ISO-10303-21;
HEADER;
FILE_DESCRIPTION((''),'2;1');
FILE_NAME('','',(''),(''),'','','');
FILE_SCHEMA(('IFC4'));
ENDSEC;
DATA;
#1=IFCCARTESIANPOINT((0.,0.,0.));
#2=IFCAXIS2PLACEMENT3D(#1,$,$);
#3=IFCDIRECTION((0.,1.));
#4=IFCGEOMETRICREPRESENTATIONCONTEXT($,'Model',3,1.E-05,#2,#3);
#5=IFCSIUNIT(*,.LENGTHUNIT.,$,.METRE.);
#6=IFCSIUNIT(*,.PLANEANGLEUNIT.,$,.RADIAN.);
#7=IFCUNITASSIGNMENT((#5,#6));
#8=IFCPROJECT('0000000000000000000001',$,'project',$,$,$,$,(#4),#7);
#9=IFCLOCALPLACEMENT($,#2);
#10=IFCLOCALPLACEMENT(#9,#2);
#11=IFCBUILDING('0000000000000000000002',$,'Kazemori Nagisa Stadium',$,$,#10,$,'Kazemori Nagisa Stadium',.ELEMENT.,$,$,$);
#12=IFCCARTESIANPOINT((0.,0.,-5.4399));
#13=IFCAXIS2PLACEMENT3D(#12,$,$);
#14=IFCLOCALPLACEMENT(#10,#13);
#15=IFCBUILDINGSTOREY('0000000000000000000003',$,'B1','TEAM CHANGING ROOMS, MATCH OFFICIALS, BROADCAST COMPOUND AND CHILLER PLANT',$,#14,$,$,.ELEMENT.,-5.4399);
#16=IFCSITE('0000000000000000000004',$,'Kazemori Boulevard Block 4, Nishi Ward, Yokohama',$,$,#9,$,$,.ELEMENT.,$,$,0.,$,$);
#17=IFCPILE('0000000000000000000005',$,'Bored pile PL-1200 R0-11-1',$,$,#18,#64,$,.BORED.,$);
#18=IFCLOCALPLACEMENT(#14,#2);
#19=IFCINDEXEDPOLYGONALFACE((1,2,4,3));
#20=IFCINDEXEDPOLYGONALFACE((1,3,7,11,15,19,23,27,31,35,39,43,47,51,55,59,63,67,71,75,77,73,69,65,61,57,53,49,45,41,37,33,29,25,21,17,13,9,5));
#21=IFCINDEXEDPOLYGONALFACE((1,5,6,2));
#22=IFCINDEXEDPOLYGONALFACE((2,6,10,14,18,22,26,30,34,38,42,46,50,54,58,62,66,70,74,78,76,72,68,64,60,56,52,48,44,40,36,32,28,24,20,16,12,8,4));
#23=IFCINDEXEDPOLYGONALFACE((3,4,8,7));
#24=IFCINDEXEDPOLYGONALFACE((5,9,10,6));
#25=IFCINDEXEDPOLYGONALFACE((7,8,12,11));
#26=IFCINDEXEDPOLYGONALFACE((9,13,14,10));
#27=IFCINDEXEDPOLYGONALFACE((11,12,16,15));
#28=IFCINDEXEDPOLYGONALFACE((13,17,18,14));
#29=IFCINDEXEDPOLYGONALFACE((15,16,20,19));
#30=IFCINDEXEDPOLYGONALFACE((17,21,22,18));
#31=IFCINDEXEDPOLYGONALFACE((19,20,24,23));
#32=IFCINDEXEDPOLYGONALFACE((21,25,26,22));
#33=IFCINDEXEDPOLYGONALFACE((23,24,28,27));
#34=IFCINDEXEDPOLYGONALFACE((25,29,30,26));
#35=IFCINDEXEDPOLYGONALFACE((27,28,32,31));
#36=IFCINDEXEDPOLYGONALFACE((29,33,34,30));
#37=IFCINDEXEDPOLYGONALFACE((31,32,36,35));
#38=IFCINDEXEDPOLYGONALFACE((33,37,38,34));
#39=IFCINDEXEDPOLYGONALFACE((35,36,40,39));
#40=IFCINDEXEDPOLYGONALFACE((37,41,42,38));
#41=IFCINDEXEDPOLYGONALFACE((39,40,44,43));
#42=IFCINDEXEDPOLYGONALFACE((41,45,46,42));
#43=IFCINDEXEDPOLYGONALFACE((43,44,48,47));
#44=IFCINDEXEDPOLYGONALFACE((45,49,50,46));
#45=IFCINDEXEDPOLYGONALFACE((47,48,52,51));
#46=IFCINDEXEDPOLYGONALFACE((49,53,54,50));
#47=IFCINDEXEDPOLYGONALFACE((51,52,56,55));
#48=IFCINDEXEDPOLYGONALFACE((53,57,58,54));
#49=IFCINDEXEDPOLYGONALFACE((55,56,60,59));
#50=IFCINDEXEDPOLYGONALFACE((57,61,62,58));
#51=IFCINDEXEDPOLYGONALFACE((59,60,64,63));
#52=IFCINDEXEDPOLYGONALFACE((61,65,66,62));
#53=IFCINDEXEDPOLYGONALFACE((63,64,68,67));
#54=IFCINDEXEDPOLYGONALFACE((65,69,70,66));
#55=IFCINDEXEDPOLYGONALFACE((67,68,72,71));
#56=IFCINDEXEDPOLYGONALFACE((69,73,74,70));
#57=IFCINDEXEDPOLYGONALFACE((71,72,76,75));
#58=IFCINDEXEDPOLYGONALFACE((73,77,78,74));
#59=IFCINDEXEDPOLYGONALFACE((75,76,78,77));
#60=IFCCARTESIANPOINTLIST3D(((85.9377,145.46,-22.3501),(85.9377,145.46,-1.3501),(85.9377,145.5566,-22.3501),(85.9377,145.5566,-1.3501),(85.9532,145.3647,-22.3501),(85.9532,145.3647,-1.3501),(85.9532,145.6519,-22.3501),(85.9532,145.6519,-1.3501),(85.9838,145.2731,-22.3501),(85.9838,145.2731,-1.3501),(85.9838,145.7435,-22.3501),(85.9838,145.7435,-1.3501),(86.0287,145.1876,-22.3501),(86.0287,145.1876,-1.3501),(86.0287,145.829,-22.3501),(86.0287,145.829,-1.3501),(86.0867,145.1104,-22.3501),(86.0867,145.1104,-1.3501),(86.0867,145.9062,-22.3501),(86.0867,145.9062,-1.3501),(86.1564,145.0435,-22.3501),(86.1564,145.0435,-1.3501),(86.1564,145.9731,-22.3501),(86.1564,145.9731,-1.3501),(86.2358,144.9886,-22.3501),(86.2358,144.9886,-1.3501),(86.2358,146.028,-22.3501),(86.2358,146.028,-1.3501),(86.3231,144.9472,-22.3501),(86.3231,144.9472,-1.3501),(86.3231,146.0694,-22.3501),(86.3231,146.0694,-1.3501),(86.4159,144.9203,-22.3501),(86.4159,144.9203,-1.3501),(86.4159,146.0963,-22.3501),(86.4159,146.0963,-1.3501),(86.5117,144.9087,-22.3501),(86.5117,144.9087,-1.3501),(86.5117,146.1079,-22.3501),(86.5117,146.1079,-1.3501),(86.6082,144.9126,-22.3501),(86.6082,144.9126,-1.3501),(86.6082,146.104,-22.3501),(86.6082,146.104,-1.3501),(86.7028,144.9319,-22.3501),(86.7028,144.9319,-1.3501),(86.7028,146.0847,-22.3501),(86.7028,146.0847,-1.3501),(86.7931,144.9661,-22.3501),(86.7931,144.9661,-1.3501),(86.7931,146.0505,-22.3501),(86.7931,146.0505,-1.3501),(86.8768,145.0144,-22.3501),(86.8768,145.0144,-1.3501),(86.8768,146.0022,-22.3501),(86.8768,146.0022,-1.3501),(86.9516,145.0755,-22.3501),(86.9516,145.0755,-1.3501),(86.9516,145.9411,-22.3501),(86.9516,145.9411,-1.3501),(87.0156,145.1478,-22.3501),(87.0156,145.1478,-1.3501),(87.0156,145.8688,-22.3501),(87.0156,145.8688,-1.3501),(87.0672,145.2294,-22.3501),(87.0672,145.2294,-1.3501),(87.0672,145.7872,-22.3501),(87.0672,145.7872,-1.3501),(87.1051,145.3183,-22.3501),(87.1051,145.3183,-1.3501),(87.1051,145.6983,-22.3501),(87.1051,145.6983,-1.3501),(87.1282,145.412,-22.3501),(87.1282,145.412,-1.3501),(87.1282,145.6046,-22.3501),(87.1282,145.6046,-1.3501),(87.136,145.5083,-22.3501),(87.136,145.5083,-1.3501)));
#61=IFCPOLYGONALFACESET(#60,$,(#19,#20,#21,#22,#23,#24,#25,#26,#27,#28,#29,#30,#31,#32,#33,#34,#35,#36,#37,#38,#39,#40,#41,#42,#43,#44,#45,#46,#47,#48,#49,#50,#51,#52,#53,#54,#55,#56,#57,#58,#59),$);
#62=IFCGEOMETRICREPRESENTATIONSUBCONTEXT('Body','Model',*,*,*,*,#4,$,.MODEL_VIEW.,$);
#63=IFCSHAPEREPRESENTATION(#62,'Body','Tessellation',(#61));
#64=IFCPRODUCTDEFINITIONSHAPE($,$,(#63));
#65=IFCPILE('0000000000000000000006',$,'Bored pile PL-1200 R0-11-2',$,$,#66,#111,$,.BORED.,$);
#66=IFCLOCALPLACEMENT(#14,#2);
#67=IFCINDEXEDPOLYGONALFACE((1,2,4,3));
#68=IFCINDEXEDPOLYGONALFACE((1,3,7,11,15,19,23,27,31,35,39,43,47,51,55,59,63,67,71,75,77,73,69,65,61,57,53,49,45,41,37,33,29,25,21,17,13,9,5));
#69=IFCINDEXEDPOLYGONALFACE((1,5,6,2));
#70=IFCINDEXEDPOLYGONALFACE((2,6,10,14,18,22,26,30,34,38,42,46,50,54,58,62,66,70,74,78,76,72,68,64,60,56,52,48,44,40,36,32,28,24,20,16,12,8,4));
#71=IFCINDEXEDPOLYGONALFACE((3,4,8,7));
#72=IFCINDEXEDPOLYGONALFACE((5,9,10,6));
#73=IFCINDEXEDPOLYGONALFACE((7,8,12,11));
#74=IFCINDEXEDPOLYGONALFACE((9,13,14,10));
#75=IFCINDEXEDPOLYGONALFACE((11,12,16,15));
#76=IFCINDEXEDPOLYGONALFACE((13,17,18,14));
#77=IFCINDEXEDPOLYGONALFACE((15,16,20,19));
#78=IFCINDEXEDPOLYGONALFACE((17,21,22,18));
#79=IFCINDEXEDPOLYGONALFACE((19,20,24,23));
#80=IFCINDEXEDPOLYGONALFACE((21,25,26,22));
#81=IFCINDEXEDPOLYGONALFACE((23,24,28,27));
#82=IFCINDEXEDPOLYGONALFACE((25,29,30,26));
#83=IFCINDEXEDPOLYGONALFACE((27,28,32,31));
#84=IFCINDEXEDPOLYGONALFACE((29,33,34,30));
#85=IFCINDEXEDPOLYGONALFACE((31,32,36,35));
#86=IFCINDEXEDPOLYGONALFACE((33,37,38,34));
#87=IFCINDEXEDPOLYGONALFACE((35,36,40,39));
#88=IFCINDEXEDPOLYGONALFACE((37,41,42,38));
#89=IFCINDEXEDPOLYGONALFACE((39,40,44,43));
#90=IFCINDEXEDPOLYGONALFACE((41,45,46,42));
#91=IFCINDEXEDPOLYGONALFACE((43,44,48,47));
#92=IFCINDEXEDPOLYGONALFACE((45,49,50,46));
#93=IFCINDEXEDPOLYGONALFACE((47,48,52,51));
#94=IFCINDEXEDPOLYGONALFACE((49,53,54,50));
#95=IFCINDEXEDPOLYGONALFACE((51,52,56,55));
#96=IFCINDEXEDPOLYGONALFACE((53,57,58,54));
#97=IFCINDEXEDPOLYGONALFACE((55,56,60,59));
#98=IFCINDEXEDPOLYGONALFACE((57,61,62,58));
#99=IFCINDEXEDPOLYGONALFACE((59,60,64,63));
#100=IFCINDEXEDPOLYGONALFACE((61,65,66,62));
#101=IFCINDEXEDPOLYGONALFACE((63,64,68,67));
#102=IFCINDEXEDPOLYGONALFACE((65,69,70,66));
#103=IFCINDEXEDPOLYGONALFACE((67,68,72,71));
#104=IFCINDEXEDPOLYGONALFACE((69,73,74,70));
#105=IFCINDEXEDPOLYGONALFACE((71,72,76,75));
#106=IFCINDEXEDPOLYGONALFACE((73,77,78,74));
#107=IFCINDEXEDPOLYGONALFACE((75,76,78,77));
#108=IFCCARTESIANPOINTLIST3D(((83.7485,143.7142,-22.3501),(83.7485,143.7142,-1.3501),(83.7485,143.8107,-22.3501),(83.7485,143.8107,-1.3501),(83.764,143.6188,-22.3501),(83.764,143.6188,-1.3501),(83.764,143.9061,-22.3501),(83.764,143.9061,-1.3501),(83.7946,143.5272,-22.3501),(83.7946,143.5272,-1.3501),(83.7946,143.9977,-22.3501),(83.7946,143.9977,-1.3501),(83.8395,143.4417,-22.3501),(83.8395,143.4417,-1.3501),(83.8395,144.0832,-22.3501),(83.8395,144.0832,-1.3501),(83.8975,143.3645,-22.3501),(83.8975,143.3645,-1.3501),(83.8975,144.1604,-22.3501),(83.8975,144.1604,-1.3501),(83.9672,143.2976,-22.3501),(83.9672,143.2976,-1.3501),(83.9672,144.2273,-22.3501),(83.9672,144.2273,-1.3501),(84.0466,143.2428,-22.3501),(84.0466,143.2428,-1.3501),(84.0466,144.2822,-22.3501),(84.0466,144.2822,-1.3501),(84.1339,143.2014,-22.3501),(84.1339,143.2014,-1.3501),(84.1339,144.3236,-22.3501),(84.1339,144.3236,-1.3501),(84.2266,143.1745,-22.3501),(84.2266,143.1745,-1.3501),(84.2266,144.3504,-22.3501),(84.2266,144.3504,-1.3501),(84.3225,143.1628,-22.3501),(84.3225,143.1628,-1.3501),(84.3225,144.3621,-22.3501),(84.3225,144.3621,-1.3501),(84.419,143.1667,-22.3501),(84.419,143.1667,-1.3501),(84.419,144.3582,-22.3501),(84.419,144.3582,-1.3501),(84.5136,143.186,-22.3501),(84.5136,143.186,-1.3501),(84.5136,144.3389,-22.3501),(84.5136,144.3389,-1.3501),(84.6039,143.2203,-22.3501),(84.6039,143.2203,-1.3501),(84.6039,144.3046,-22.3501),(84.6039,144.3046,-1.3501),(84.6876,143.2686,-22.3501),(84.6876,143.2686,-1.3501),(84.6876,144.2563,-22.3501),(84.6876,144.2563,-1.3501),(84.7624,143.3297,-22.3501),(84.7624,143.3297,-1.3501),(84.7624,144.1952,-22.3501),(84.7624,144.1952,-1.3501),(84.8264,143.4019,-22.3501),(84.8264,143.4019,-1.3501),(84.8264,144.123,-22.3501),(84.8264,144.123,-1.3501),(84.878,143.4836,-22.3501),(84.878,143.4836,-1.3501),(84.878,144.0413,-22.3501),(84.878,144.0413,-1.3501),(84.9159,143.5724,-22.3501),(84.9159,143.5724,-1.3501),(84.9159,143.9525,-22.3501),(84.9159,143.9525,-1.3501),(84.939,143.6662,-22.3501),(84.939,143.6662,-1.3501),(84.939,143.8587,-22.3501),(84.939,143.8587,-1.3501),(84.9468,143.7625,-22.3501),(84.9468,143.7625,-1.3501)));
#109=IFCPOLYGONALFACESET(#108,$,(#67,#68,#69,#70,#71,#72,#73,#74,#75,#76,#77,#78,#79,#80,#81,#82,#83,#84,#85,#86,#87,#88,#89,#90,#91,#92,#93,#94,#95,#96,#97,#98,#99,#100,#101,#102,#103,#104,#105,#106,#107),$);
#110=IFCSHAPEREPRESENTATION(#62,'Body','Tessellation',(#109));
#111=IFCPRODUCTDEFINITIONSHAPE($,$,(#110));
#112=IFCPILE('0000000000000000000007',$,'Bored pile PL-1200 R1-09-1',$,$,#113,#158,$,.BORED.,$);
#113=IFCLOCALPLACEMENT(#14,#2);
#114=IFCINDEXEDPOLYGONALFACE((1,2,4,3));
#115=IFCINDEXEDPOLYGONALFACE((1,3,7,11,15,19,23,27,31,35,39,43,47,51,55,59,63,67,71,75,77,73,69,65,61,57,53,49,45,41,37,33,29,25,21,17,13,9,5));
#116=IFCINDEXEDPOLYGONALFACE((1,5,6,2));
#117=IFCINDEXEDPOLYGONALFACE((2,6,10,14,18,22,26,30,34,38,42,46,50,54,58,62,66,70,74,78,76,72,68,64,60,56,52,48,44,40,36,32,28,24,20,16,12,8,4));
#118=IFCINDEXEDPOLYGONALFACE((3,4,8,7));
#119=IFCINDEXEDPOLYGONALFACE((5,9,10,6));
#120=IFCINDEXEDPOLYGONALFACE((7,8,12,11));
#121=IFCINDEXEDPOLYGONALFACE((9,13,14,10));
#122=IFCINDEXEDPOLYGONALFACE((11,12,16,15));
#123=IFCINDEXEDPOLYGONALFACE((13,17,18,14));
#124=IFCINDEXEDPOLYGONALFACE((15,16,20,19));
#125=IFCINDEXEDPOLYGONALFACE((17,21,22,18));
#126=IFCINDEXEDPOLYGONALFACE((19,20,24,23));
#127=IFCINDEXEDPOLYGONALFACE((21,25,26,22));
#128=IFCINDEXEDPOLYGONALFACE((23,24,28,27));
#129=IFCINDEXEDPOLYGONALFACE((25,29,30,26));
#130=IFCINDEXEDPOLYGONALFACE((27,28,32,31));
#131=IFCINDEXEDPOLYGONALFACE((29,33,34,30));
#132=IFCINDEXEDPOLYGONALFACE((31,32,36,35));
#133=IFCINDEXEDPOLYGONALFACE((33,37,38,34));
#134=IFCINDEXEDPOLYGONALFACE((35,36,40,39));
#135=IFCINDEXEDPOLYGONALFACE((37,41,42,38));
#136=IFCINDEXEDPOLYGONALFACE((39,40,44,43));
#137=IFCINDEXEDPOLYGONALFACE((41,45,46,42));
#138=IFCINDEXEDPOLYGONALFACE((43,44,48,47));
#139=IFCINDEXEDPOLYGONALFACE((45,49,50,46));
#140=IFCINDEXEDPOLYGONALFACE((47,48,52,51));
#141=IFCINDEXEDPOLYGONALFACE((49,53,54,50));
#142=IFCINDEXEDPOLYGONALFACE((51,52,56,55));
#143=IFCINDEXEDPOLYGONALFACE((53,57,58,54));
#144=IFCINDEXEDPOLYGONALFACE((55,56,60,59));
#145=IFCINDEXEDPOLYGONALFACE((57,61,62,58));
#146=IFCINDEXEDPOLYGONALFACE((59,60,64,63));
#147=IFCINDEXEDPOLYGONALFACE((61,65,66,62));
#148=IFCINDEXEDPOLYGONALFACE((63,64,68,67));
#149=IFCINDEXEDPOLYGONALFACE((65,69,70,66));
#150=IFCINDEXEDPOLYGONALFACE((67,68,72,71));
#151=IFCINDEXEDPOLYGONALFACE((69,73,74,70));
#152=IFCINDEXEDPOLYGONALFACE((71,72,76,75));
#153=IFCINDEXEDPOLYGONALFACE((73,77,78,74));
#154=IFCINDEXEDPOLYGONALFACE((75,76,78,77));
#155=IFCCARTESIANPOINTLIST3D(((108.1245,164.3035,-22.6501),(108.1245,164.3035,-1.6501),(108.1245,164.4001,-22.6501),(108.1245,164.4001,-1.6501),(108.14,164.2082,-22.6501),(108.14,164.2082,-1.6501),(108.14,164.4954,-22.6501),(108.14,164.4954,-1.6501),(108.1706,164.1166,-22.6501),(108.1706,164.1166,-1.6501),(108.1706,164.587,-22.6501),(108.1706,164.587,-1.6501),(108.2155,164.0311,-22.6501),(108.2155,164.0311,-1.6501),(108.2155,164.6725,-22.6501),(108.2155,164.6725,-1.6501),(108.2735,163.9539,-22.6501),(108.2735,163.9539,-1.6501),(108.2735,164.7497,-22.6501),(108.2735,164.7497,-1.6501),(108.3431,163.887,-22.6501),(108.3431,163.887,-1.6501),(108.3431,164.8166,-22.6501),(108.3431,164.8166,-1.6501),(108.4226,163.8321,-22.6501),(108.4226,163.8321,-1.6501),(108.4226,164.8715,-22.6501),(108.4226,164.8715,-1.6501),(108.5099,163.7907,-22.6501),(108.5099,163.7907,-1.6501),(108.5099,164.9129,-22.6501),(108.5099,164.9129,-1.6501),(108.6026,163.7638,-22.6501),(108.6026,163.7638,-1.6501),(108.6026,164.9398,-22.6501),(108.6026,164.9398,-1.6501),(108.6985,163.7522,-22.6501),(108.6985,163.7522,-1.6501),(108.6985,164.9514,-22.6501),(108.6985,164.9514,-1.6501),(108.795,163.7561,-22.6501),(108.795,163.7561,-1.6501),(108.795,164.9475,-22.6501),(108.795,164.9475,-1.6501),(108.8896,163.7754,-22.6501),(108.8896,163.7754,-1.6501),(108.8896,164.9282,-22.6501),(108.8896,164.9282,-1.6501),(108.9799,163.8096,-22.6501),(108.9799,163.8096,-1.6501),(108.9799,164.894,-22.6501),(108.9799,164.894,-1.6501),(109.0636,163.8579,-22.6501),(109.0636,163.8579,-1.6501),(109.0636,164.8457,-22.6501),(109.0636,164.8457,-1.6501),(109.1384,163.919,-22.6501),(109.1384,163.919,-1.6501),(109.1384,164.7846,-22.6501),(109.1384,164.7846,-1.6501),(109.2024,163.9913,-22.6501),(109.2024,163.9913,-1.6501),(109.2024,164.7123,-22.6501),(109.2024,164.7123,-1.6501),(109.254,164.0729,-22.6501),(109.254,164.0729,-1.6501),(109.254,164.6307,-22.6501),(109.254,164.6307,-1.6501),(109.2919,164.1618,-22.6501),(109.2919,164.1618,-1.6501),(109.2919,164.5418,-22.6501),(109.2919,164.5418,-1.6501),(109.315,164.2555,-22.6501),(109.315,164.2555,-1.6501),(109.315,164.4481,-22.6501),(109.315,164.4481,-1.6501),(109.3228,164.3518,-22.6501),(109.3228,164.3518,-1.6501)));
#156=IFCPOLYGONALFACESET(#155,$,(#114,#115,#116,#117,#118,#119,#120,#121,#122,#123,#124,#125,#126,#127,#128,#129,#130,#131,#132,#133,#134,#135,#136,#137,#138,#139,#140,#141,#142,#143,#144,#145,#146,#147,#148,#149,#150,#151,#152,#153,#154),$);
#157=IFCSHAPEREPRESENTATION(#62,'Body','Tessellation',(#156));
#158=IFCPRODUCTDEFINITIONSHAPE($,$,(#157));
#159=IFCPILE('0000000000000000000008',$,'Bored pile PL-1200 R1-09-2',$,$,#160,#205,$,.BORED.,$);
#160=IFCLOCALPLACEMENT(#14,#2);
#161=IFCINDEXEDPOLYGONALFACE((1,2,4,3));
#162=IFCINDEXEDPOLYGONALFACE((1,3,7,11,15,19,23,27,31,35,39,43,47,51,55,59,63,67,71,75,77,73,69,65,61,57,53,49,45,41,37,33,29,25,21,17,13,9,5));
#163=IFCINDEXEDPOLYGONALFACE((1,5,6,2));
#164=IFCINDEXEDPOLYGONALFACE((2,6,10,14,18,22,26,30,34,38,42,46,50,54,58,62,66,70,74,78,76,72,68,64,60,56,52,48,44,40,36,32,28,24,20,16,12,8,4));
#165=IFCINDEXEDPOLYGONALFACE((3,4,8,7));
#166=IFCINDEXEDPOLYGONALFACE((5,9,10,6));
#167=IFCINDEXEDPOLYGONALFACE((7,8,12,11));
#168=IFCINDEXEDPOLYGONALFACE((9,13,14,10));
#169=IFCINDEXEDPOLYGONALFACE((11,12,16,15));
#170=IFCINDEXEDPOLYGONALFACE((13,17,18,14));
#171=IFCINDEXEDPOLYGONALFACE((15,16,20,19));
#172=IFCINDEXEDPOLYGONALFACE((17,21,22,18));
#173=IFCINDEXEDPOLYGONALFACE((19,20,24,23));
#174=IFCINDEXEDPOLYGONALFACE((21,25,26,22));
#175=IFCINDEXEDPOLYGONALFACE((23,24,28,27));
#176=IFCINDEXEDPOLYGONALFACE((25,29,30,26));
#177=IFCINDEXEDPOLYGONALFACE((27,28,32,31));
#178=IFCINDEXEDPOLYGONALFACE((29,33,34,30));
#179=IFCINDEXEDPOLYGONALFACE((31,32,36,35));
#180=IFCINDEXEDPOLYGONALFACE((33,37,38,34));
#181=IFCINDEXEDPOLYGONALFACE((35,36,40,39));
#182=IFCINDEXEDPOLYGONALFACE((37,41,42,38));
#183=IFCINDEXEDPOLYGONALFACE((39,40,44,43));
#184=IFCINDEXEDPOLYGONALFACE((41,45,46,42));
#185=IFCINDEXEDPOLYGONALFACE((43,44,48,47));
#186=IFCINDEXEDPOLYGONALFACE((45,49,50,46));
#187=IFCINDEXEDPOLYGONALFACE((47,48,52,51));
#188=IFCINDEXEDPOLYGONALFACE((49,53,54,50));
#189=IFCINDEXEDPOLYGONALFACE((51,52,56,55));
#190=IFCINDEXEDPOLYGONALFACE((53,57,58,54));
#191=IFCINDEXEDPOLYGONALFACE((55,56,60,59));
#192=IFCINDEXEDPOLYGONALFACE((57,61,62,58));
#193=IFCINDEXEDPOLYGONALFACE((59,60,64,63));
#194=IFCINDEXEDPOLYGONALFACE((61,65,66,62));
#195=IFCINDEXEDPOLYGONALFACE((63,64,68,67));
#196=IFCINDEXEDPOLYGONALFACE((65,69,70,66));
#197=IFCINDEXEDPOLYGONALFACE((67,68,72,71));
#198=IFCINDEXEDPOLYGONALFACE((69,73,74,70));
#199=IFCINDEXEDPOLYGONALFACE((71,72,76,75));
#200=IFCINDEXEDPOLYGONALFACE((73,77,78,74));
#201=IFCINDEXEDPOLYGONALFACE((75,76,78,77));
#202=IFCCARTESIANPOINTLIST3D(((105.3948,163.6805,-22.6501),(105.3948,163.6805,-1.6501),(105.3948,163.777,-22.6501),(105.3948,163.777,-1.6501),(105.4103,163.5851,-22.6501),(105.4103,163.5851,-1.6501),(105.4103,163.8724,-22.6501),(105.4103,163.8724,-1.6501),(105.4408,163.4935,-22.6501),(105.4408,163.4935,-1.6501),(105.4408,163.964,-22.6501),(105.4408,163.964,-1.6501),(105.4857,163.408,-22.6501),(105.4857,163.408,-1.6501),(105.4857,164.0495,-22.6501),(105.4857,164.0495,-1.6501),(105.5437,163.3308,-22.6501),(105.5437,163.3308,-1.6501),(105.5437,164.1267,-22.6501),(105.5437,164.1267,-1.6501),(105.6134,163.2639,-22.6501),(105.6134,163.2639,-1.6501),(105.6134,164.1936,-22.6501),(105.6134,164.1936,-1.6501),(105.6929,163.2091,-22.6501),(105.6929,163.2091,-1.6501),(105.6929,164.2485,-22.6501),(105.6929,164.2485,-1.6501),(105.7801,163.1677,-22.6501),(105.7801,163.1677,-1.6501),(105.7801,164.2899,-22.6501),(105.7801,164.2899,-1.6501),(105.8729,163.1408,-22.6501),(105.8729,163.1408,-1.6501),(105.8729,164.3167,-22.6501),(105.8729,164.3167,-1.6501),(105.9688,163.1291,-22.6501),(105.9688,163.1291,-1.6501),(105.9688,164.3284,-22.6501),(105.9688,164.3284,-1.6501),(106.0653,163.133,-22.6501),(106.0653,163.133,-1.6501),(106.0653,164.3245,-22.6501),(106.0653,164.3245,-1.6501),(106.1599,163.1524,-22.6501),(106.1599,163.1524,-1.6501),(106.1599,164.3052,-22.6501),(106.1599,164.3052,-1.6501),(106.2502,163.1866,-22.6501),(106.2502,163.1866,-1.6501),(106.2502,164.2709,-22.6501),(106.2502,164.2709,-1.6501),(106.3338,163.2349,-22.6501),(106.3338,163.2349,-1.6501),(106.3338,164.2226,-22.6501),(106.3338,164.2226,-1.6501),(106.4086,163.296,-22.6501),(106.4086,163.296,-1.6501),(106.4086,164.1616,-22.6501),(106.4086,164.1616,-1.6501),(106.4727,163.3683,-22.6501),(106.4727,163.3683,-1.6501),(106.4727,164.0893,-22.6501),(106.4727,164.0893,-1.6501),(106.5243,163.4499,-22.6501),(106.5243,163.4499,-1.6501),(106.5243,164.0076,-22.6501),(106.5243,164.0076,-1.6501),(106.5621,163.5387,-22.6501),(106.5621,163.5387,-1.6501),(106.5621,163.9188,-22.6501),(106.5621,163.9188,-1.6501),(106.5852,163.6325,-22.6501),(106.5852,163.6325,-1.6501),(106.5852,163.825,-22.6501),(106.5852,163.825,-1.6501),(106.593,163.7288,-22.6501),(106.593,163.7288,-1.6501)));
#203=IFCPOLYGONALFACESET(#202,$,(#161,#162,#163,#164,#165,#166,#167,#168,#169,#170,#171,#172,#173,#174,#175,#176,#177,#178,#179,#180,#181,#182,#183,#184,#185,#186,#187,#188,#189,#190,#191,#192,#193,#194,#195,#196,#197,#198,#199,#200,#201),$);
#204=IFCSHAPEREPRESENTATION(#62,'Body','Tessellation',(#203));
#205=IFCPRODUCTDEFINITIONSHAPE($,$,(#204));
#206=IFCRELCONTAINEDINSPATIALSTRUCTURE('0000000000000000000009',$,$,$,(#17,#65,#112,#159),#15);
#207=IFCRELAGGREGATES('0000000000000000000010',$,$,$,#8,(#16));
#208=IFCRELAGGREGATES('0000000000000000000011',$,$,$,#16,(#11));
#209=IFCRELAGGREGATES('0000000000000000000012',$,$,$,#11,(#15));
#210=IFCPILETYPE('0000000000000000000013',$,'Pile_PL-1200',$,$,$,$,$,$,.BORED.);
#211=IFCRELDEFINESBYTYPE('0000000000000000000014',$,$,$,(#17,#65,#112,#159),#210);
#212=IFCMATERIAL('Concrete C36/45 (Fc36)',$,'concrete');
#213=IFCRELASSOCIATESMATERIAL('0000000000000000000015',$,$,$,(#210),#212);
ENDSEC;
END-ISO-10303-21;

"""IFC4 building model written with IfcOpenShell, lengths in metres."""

from ifc_helpers import new_model, si_unit, direction, frame, origin, origin_2d, place, context, subcontext, project, spatial, circle, extrude, material, material_profile, profile_set, type_object, element, save


model = new_model("IFC4")

# Units and contexts
model_context = context("Model", 3, precision=1e-05, world=origin(), true_north=direction((0.0, 1.0)))
body_context = subcontext(model_context, "Body", "Model", "MODEL_VIEW")
ifc_project = project(units=[si_unit("LENGTHUNIT", "METRE"), si_unit("PLANEANGLEUNIT", "RADIAN")], contexts=[model_context])

# Site, building, storey
site_placement = place(None, origin())
site = spatial("IfcSite", under=ifc_project, at=site_placement, Name="Kazemori Boulevard Block 4, Nishi Ward, Yokohama", CompositionType="ELEMENT", RefElevation=0.0)
building_placement = place(site_placement, origin())
building = spatial("IfcBuilding", under=site, at=building_placement, Name="Kazemori Nagisa Stadium", LongName="Kazemori Nagisa Stadium", CompositionType="ELEMENT")
storey_placement = place(building_placement, frame((0.0, 0.0, -5.4399)))
storey = spatial("IfcBuildingStorey", under=building, at=storey_placement, Name="B1", Description="TEAM CHANGING ROOMS, MATCH OFFICIALS, BROADCAST COMPOUND AND CHILLER PLANT", CompositionType="ELEMENT", Elevation=-5.4399)

# Piles
ifc_material_1 = material(Name="Concrete C36/45 (Fc36)", Category="concrete")
ifc_material_profile_1 = material_profile(ifc_material_1, circle(Radius=0.6001, at=origin_2d()), Name="PILE-D1200")
ifc_profile_set_1 = profile_set([ifc_material_profile_1], Name="Concrete C36/45 (Fc36)")
pile_type = type_object("IfcPileType", Name="Pile_PL-1200", PredefinedType="BORED", material=ifc_profile_set_1)
for number, where, z_axis, x_axis, name in (
    (1, (86.5359, 145.5083, -1.3501), (0.0, 0.0, -1.0), (1.0, 0.0, 0.0), "Bored pile PL-1200 R0-11-1"),
    (2, (84.3467, 143.7625, -1.3501), (0.0, 0.0, -1.0), (1.0, 0.0, 0.0), "Bored pile PL-1200 R0-11-2"),
    (3, (108.7227, 164.3518, -1.6501), (0.0, 0.0, -1.0), (1.0, 0.0, 0.0), "Bored pile PL-1200 R1-09-1"),
    (4, (105.9929, 163.7288, -1.6501), (0.0, 0.0, -1.0), (1.0, 0.0, 0.0), "Bored pile PL-1200 R1-09-2"),
):
    element("IfcPile", number, at=place(storey_placement, frame(where, z_axis=z_axis, x_axis=x_axis)), inside=storey, type_object=pile_type, Name=name, PredefinedType="BORED", context=body_context, shape_type="SweptSolid", body=[
        extrude(circle(Radius=0.6001, at=origin_2d()), origin(), (0.0, 0.0, 1.0), 21.0),
    ])

save(model, "model.ifc")
